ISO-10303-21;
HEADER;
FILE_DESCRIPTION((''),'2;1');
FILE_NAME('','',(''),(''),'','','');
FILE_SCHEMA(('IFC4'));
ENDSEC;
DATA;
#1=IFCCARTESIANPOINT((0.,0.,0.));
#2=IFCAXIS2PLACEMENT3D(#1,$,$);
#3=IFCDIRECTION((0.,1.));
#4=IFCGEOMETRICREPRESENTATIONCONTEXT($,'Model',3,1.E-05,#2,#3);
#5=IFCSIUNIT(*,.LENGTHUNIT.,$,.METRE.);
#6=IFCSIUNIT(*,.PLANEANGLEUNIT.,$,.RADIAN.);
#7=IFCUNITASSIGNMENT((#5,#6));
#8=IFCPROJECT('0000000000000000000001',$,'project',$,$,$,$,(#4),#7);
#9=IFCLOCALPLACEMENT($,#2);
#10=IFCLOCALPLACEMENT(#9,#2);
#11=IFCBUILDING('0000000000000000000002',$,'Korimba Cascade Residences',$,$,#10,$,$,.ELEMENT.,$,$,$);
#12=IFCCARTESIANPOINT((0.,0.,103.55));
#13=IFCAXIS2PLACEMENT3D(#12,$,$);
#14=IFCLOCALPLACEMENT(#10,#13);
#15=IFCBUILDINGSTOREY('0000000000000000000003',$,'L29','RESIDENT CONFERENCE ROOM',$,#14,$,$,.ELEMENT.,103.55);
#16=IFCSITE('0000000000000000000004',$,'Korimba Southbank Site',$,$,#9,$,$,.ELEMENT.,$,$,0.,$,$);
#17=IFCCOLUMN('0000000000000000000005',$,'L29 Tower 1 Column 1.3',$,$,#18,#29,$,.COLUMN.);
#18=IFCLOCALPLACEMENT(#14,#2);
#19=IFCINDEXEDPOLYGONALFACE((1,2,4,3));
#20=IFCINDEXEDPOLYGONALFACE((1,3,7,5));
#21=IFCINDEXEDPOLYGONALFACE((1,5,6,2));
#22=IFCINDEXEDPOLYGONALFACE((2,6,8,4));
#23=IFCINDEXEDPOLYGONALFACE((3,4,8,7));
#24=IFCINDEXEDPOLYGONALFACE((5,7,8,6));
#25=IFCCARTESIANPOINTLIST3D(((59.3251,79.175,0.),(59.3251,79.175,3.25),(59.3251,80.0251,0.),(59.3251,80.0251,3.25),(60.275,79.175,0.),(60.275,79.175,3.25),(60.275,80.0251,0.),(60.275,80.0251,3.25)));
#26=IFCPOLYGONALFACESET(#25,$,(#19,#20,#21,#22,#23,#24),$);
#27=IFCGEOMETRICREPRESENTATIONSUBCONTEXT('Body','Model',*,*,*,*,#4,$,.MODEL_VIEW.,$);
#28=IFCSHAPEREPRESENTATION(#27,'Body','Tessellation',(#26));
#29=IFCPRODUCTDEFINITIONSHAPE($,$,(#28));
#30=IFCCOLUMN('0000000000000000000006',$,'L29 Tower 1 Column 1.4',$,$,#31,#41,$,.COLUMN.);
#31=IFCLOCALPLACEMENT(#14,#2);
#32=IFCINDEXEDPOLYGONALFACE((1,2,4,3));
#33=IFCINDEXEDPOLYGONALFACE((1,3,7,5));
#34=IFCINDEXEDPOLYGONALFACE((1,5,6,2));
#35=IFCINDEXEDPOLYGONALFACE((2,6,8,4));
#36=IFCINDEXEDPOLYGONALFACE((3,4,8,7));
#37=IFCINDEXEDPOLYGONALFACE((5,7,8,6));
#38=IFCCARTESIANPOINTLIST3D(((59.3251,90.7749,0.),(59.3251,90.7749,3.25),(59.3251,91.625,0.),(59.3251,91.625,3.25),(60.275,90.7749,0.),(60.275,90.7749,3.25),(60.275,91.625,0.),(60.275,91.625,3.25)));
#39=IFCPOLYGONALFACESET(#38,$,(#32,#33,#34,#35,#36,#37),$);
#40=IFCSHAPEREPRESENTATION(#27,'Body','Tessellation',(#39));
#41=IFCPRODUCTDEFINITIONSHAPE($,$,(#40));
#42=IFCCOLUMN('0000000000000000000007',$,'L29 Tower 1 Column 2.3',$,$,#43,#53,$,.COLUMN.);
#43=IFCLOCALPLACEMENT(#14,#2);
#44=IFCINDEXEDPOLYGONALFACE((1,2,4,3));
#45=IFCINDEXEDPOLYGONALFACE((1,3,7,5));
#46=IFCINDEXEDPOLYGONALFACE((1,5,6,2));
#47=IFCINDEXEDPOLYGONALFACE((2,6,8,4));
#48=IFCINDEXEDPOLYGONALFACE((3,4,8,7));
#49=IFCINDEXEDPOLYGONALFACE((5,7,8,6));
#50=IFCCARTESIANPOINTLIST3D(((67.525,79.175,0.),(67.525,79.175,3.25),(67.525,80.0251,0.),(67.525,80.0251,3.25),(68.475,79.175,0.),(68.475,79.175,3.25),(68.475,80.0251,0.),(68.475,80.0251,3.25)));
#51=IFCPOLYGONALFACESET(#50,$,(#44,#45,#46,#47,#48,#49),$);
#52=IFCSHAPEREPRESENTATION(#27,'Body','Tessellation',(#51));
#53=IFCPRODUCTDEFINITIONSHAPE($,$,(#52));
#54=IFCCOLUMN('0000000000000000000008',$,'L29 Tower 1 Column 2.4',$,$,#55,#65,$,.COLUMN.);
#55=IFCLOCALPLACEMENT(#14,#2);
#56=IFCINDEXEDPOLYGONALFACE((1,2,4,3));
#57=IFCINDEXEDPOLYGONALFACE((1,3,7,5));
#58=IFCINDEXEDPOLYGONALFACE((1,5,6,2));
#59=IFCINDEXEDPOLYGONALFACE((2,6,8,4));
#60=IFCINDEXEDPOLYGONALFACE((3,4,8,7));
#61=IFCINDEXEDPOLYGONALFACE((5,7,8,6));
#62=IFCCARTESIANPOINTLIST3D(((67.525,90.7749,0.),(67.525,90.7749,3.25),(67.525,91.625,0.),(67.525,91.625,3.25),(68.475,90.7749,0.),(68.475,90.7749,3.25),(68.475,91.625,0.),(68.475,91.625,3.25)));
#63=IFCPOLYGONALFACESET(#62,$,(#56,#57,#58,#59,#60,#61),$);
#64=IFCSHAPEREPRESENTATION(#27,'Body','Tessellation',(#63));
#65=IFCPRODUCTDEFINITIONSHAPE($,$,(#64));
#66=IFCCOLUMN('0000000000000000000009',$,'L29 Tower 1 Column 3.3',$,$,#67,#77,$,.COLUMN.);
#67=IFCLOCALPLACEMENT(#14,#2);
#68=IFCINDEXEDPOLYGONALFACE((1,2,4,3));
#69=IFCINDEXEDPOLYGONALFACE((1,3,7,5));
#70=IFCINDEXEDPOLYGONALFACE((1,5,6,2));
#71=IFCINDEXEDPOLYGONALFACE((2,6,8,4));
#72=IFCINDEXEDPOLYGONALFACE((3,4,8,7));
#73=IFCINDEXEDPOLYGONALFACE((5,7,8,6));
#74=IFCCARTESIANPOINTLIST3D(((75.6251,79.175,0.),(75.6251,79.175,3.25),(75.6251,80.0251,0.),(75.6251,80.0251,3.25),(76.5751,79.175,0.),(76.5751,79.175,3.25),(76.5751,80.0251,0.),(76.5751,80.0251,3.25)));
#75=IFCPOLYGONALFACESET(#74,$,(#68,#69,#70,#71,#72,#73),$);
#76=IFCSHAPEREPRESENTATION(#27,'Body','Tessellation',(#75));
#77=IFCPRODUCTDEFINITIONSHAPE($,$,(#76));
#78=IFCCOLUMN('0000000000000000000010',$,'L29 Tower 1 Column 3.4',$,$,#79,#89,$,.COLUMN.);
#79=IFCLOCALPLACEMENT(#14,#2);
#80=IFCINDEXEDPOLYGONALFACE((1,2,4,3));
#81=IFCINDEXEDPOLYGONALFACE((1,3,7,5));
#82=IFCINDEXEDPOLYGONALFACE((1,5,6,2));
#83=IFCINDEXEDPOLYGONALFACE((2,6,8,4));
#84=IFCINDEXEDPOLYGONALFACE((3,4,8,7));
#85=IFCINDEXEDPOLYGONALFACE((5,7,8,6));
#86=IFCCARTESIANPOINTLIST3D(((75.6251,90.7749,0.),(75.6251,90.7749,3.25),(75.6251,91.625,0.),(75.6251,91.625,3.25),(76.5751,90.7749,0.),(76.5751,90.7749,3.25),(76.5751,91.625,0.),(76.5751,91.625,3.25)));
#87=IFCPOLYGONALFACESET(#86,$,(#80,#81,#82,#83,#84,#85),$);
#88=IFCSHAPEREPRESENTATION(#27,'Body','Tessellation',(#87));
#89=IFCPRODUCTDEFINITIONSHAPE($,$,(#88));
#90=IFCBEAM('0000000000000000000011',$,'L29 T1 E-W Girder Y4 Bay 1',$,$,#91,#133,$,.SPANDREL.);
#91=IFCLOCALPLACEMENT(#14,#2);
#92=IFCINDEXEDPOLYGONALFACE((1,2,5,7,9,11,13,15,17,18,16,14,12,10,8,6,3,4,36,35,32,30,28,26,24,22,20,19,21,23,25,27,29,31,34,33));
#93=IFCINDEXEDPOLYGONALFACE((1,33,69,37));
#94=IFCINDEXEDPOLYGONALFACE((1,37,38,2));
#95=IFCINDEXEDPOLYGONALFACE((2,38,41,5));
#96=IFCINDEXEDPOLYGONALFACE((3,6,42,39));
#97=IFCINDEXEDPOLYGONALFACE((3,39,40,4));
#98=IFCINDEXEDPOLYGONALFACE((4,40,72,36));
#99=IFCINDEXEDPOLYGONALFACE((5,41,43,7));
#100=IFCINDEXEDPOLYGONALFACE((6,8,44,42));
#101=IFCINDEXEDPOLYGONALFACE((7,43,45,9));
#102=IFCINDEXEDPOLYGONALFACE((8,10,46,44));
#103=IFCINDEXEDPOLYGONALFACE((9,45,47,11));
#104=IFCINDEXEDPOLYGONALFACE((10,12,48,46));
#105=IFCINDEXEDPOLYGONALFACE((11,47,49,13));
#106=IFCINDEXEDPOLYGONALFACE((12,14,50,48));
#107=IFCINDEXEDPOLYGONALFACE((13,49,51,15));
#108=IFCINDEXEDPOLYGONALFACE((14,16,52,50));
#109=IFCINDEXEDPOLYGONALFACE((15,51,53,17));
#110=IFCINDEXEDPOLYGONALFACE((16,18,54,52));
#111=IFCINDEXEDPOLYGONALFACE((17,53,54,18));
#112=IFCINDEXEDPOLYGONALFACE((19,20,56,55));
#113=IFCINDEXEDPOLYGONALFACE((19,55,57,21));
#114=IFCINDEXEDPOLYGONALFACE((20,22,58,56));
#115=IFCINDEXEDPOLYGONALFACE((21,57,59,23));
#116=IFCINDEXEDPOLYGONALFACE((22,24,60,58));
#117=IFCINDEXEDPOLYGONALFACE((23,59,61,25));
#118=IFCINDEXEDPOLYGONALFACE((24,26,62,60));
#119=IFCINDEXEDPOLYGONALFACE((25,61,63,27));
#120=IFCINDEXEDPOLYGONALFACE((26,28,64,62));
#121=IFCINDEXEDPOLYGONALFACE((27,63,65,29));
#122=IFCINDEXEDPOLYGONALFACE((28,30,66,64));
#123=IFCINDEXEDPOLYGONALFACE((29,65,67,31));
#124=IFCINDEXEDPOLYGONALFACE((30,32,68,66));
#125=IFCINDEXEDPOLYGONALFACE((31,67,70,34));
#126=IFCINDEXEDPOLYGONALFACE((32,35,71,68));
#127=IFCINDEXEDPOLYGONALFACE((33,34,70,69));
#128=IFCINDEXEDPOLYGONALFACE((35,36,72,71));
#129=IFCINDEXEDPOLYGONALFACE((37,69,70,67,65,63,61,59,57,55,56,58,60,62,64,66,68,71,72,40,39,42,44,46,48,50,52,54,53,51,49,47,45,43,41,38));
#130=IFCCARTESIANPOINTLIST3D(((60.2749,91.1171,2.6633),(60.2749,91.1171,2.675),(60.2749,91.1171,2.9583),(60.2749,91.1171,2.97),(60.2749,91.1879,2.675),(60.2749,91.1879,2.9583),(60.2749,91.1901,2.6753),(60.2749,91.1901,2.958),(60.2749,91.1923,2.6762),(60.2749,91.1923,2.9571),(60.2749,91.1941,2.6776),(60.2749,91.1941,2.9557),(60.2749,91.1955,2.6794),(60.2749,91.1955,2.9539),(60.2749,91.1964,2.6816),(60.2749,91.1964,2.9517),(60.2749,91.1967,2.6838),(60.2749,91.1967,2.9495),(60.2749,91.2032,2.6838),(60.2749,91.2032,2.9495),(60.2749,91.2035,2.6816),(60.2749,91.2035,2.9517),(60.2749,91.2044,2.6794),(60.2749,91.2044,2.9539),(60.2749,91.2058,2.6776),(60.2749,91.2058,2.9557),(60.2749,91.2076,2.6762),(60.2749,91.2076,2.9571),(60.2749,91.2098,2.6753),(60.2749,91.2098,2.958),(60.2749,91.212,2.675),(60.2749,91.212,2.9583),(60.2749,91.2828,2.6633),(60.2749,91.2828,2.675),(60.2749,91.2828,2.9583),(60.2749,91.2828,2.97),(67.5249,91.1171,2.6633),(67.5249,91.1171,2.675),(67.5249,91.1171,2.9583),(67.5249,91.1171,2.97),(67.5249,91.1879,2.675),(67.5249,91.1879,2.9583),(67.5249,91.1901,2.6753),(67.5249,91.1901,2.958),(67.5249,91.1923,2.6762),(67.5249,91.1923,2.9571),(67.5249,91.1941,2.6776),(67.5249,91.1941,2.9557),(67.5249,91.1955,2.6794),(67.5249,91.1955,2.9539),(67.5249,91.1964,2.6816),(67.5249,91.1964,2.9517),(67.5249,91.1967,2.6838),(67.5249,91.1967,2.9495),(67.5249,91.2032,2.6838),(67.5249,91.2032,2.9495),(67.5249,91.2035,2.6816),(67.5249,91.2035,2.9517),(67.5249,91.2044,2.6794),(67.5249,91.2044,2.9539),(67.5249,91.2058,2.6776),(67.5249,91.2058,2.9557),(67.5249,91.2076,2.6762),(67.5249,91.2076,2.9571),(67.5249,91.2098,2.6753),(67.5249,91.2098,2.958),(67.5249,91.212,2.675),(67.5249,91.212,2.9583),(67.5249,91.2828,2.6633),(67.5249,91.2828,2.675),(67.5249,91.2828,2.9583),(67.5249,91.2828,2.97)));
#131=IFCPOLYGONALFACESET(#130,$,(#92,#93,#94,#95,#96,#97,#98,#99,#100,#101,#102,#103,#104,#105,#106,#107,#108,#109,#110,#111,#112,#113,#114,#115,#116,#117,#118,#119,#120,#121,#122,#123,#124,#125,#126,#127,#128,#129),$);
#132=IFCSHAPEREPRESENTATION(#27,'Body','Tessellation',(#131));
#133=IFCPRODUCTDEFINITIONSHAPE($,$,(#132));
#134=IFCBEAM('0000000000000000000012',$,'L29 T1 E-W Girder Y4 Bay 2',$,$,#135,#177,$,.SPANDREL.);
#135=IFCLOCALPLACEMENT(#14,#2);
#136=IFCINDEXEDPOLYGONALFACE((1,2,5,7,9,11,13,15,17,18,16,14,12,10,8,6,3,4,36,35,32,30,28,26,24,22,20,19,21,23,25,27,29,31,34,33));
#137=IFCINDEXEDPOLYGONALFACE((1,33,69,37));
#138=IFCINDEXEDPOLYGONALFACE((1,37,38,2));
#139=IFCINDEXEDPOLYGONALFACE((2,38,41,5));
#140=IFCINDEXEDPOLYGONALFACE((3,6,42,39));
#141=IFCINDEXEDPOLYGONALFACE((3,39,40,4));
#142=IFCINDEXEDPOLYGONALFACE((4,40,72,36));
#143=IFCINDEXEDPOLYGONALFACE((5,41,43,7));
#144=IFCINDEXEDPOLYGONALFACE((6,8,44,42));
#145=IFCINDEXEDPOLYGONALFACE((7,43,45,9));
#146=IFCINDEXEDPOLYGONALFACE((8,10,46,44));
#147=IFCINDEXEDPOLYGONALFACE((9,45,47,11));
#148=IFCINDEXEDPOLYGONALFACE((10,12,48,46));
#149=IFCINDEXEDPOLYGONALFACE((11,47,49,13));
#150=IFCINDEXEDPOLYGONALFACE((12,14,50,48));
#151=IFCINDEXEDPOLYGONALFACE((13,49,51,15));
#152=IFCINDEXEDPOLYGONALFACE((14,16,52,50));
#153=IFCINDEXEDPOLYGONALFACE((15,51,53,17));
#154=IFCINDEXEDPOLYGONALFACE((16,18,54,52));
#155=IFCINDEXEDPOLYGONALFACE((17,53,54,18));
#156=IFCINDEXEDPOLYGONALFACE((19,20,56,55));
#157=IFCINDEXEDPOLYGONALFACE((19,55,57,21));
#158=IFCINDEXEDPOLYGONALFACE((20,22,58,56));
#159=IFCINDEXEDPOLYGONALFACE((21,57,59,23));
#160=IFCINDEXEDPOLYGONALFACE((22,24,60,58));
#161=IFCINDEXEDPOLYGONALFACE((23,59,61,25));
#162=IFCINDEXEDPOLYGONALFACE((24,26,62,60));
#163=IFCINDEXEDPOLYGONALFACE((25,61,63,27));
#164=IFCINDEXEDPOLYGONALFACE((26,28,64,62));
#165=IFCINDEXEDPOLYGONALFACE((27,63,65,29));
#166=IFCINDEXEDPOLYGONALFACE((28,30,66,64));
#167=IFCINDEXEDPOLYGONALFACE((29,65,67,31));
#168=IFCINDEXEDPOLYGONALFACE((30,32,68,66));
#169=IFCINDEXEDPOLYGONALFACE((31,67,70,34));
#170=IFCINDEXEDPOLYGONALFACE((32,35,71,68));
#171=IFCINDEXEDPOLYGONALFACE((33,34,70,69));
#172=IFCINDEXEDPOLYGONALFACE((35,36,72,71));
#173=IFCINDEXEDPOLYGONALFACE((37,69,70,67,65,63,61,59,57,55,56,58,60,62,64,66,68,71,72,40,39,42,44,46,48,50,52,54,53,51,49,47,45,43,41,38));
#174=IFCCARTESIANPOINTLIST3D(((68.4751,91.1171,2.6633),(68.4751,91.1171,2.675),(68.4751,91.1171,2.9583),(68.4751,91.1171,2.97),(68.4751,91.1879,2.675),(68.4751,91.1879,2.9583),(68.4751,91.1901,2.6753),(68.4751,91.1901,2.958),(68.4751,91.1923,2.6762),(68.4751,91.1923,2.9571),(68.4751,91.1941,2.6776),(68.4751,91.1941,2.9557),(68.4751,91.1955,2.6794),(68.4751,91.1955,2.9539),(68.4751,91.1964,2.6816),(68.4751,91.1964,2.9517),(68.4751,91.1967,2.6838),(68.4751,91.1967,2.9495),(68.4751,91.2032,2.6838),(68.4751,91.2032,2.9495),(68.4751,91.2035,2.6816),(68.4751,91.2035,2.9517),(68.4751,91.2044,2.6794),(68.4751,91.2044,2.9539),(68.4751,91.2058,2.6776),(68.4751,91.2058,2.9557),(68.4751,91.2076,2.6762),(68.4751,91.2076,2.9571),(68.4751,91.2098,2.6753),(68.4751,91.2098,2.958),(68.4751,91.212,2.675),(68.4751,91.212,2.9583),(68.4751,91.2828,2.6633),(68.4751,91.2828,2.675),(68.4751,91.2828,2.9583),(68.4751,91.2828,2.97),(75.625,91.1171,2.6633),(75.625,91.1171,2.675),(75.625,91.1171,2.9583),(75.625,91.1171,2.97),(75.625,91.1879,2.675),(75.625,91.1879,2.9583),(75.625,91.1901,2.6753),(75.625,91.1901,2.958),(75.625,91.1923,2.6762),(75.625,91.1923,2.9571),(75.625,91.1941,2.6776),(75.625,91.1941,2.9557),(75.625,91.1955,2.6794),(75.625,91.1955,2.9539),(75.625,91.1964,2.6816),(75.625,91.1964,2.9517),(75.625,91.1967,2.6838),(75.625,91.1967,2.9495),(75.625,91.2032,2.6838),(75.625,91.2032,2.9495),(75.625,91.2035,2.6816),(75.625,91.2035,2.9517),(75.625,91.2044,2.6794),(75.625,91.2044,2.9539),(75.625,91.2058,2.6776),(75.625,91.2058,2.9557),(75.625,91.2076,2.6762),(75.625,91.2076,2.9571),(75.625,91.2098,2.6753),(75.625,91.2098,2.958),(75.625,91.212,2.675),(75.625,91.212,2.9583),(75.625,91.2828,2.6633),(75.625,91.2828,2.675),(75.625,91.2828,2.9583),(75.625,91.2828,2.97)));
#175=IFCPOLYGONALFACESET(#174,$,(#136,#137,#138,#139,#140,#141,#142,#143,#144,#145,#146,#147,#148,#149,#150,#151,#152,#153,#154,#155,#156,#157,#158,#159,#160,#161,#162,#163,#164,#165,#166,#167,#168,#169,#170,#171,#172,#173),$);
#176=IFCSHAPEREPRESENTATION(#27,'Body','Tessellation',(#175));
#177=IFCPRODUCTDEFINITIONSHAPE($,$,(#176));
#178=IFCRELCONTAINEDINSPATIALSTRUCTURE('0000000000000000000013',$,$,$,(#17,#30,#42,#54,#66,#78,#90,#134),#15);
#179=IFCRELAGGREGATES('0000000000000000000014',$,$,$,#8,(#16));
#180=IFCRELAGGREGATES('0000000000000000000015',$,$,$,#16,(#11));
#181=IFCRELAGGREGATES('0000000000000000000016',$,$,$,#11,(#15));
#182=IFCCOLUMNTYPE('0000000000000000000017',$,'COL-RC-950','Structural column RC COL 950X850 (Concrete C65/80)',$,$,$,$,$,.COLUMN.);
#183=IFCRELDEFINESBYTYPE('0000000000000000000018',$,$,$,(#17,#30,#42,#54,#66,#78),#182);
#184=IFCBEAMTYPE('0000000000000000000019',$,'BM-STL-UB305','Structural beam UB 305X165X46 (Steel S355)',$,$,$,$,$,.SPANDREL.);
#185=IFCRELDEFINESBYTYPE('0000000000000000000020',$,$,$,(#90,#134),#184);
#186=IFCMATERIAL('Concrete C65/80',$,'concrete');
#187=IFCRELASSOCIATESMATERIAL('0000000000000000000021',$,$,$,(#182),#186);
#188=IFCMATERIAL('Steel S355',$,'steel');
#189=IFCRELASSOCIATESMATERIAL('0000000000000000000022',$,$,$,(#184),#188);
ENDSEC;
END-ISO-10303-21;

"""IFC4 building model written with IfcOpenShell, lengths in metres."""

from ifc_helpers import new_model, si_unit, direction, frame, origin, origin_2d, place, context, subcontext, project, spatial, rectangle, i_section, extrude, material, material_profile, profile_set, type_object, element, save


model = new_model("IFC4")

# Units and contexts
model_context = context("Model", 3, precision=1e-05, world=origin(), true_north=direction((0.0, 1.0)))
body_context = subcontext(model_context, "Body", "Model", "MODEL_VIEW")
ifc_project = project(units=[si_unit("LENGTHUNIT", "METRE"), si_unit("PLANEANGLEUNIT", "RADIAN")], contexts=[model_context])

# Site, building, storey
site_placement = place(None, origin())
site = spatial("IfcSite", under=ifc_project, at=site_placement, Name="Korimba Southbank Site", CompositionType="ELEMENT", RefElevation=0.0)
building_placement = place(site_placement, origin())
building = spatial("IfcBuilding", under=site, at=building_placement, Name="Korimba Cascade Residences", CompositionType="ELEMENT")
storey_placement = place(building_placement, frame((0.0, 0.0, 103.55)))
storey = spatial("IfcBuildingStorey", under=building, at=storey_placement, Name="L29", Description="RESIDENT CONFERENCE ROOM", CompositionType="ELEMENT", Elevation=103.55)

# Columns
ifc_material_1 = material(Name="Concrete C65/80", Category="concrete")
ifc_material_profile_1 = material_profile(ifc_material_1, rectangle(XDim=0.95, YDim=0.8501, at=origin_2d()), Name="Concrete C65/80")
ifc_profile_set_1 = profile_set([ifc_material_profile_1], Name="Concrete C65/80")
column_type = type_object("IfcColumnType", Name="COL-RC-950", Description="Structural column RC COL 950X850 (Concrete C65/80)", PredefinedType="COLUMN", material=ifc_profile_set_1)
for number, where, z_axis, x_axis, name in (
    (1, (59.8, 79.6001, 0.0), (0.0, 0.0, 1.0), (1.0, 0.0, 0.0), "L29 Tower 1 Column 1.3"),
    (2, (59.8, 91.2, 0.0), (0.0, 0.0, 1.0), (1.0, 0.0, 0.0), "L29 Tower 1 Column 1.4"),
    (3, (68.0, 79.6001, 0.0), (0.0, 0.0, 1.0), (1.0, 0.0, 0.0), "L29 Tower 1 Column 2.3"),
    (4, (68.0, 91.2, 0.0), (0.0, 0.0, 1.0), (1.0, 0.0, 0.0), "L29 Tower 1 Column 2.4"),
    (5, (76.1001, 79.6001, 0.0), (0.0, 0.0, 1.0), (1.0, 0.0, 0.0), "L29 Tower 1 Column 3.3"),
    (6, (76.1001, 91.2, 0.0), (0.0, 0.0, 1.0), (1.0, 0.0, 0.0), "L29 Tower 1 Column 3.4"),
):
    element("IfcColumn", number, at=place(storey_placement, frame(where, z_axis=z_axis, x_axis=x_axis)), inside=storey, type_object=column_type, Name=name, PredefinedType="COLUMN", context=body_context, shape_type="SweptSolid", body=[
        extrude(rectangle(XDim=0.95, YDim=0.8501, at=origin_2d()), origin(), (0.0, 0.0, 1.0), 3.25),
    ])

# Beams
ifc_material_2 = material(Name="Steel S355", Category="steel")
ifc_material_profile_2 = material_profile(ifc_material_2, i_section(OverallWidth=0.1658, OverallDepth=0.3066, WebThickness=0.0066, FlangeThickness=0.0117, FilletRadius=0.0088, at=origin_2d()), Name="Steel S355")
ifc_profile_set_2 = profile_set([ifc_material_profile_2], Name="Steel S355")
beam_type_1 = type_object("IfcBeamType", Name="BM-STL-UB305", Description="Structural beam UB 305X165X46 (Steel S355)", PredefinedType="SPANDREL", material=ifc_profile_set_2)
beam_1_placement = place(storey_placement, frame((60.2749, 91.2, 2.8167), z_axis=(1.0, 0.0, 0.0), x_axis=(0.0, 1.0, 0.0)))
element("IfcBeam", 7, at=beam_1_placement, inside=storey, type_object=beam_type_1, Name="L29 T1 E-W Girder Y4 Bay 1", PredefinedType="SPANDREL", context=body_context, shape_type="SweptSolid", body=[
    extrude(i_section(OverallWidth=0.1658, OverallDepth=0.3066, WebThickness=0.0066, FlangeThickness=0.0117, FilletRadius=0.0088, at=origin_2d()), origin(), (0.0, 0.0, 1.0), 7.25),
])
beam_2_placement = place(storey_placement, frame((68.4751, 91.2, 2.8167), z_axis=(1.0, 0.0, 0.0), x_axis=(0.0, 1.0, 0.0)))
element("IfcBeam", 8, at=beam_2_placement, inside=storey, type_object=beam_type_1, Name="L29 T1 E-W Girder Y4 Bay 2", PredefinedType="SPANDREL", context=body_context, shape_type="SweptSolid", body=[
    extrude(i_section(OverallWidth=0.1658, OverallDepth=0.3066, WebThickness=0.0066, FlangeThickness=0.0117, FilletRadius=0.0088, at=origin_2d()), origin(), (0.0, 0.0, 1.0), 7.1499),
])

save(model, "model.ifc")
